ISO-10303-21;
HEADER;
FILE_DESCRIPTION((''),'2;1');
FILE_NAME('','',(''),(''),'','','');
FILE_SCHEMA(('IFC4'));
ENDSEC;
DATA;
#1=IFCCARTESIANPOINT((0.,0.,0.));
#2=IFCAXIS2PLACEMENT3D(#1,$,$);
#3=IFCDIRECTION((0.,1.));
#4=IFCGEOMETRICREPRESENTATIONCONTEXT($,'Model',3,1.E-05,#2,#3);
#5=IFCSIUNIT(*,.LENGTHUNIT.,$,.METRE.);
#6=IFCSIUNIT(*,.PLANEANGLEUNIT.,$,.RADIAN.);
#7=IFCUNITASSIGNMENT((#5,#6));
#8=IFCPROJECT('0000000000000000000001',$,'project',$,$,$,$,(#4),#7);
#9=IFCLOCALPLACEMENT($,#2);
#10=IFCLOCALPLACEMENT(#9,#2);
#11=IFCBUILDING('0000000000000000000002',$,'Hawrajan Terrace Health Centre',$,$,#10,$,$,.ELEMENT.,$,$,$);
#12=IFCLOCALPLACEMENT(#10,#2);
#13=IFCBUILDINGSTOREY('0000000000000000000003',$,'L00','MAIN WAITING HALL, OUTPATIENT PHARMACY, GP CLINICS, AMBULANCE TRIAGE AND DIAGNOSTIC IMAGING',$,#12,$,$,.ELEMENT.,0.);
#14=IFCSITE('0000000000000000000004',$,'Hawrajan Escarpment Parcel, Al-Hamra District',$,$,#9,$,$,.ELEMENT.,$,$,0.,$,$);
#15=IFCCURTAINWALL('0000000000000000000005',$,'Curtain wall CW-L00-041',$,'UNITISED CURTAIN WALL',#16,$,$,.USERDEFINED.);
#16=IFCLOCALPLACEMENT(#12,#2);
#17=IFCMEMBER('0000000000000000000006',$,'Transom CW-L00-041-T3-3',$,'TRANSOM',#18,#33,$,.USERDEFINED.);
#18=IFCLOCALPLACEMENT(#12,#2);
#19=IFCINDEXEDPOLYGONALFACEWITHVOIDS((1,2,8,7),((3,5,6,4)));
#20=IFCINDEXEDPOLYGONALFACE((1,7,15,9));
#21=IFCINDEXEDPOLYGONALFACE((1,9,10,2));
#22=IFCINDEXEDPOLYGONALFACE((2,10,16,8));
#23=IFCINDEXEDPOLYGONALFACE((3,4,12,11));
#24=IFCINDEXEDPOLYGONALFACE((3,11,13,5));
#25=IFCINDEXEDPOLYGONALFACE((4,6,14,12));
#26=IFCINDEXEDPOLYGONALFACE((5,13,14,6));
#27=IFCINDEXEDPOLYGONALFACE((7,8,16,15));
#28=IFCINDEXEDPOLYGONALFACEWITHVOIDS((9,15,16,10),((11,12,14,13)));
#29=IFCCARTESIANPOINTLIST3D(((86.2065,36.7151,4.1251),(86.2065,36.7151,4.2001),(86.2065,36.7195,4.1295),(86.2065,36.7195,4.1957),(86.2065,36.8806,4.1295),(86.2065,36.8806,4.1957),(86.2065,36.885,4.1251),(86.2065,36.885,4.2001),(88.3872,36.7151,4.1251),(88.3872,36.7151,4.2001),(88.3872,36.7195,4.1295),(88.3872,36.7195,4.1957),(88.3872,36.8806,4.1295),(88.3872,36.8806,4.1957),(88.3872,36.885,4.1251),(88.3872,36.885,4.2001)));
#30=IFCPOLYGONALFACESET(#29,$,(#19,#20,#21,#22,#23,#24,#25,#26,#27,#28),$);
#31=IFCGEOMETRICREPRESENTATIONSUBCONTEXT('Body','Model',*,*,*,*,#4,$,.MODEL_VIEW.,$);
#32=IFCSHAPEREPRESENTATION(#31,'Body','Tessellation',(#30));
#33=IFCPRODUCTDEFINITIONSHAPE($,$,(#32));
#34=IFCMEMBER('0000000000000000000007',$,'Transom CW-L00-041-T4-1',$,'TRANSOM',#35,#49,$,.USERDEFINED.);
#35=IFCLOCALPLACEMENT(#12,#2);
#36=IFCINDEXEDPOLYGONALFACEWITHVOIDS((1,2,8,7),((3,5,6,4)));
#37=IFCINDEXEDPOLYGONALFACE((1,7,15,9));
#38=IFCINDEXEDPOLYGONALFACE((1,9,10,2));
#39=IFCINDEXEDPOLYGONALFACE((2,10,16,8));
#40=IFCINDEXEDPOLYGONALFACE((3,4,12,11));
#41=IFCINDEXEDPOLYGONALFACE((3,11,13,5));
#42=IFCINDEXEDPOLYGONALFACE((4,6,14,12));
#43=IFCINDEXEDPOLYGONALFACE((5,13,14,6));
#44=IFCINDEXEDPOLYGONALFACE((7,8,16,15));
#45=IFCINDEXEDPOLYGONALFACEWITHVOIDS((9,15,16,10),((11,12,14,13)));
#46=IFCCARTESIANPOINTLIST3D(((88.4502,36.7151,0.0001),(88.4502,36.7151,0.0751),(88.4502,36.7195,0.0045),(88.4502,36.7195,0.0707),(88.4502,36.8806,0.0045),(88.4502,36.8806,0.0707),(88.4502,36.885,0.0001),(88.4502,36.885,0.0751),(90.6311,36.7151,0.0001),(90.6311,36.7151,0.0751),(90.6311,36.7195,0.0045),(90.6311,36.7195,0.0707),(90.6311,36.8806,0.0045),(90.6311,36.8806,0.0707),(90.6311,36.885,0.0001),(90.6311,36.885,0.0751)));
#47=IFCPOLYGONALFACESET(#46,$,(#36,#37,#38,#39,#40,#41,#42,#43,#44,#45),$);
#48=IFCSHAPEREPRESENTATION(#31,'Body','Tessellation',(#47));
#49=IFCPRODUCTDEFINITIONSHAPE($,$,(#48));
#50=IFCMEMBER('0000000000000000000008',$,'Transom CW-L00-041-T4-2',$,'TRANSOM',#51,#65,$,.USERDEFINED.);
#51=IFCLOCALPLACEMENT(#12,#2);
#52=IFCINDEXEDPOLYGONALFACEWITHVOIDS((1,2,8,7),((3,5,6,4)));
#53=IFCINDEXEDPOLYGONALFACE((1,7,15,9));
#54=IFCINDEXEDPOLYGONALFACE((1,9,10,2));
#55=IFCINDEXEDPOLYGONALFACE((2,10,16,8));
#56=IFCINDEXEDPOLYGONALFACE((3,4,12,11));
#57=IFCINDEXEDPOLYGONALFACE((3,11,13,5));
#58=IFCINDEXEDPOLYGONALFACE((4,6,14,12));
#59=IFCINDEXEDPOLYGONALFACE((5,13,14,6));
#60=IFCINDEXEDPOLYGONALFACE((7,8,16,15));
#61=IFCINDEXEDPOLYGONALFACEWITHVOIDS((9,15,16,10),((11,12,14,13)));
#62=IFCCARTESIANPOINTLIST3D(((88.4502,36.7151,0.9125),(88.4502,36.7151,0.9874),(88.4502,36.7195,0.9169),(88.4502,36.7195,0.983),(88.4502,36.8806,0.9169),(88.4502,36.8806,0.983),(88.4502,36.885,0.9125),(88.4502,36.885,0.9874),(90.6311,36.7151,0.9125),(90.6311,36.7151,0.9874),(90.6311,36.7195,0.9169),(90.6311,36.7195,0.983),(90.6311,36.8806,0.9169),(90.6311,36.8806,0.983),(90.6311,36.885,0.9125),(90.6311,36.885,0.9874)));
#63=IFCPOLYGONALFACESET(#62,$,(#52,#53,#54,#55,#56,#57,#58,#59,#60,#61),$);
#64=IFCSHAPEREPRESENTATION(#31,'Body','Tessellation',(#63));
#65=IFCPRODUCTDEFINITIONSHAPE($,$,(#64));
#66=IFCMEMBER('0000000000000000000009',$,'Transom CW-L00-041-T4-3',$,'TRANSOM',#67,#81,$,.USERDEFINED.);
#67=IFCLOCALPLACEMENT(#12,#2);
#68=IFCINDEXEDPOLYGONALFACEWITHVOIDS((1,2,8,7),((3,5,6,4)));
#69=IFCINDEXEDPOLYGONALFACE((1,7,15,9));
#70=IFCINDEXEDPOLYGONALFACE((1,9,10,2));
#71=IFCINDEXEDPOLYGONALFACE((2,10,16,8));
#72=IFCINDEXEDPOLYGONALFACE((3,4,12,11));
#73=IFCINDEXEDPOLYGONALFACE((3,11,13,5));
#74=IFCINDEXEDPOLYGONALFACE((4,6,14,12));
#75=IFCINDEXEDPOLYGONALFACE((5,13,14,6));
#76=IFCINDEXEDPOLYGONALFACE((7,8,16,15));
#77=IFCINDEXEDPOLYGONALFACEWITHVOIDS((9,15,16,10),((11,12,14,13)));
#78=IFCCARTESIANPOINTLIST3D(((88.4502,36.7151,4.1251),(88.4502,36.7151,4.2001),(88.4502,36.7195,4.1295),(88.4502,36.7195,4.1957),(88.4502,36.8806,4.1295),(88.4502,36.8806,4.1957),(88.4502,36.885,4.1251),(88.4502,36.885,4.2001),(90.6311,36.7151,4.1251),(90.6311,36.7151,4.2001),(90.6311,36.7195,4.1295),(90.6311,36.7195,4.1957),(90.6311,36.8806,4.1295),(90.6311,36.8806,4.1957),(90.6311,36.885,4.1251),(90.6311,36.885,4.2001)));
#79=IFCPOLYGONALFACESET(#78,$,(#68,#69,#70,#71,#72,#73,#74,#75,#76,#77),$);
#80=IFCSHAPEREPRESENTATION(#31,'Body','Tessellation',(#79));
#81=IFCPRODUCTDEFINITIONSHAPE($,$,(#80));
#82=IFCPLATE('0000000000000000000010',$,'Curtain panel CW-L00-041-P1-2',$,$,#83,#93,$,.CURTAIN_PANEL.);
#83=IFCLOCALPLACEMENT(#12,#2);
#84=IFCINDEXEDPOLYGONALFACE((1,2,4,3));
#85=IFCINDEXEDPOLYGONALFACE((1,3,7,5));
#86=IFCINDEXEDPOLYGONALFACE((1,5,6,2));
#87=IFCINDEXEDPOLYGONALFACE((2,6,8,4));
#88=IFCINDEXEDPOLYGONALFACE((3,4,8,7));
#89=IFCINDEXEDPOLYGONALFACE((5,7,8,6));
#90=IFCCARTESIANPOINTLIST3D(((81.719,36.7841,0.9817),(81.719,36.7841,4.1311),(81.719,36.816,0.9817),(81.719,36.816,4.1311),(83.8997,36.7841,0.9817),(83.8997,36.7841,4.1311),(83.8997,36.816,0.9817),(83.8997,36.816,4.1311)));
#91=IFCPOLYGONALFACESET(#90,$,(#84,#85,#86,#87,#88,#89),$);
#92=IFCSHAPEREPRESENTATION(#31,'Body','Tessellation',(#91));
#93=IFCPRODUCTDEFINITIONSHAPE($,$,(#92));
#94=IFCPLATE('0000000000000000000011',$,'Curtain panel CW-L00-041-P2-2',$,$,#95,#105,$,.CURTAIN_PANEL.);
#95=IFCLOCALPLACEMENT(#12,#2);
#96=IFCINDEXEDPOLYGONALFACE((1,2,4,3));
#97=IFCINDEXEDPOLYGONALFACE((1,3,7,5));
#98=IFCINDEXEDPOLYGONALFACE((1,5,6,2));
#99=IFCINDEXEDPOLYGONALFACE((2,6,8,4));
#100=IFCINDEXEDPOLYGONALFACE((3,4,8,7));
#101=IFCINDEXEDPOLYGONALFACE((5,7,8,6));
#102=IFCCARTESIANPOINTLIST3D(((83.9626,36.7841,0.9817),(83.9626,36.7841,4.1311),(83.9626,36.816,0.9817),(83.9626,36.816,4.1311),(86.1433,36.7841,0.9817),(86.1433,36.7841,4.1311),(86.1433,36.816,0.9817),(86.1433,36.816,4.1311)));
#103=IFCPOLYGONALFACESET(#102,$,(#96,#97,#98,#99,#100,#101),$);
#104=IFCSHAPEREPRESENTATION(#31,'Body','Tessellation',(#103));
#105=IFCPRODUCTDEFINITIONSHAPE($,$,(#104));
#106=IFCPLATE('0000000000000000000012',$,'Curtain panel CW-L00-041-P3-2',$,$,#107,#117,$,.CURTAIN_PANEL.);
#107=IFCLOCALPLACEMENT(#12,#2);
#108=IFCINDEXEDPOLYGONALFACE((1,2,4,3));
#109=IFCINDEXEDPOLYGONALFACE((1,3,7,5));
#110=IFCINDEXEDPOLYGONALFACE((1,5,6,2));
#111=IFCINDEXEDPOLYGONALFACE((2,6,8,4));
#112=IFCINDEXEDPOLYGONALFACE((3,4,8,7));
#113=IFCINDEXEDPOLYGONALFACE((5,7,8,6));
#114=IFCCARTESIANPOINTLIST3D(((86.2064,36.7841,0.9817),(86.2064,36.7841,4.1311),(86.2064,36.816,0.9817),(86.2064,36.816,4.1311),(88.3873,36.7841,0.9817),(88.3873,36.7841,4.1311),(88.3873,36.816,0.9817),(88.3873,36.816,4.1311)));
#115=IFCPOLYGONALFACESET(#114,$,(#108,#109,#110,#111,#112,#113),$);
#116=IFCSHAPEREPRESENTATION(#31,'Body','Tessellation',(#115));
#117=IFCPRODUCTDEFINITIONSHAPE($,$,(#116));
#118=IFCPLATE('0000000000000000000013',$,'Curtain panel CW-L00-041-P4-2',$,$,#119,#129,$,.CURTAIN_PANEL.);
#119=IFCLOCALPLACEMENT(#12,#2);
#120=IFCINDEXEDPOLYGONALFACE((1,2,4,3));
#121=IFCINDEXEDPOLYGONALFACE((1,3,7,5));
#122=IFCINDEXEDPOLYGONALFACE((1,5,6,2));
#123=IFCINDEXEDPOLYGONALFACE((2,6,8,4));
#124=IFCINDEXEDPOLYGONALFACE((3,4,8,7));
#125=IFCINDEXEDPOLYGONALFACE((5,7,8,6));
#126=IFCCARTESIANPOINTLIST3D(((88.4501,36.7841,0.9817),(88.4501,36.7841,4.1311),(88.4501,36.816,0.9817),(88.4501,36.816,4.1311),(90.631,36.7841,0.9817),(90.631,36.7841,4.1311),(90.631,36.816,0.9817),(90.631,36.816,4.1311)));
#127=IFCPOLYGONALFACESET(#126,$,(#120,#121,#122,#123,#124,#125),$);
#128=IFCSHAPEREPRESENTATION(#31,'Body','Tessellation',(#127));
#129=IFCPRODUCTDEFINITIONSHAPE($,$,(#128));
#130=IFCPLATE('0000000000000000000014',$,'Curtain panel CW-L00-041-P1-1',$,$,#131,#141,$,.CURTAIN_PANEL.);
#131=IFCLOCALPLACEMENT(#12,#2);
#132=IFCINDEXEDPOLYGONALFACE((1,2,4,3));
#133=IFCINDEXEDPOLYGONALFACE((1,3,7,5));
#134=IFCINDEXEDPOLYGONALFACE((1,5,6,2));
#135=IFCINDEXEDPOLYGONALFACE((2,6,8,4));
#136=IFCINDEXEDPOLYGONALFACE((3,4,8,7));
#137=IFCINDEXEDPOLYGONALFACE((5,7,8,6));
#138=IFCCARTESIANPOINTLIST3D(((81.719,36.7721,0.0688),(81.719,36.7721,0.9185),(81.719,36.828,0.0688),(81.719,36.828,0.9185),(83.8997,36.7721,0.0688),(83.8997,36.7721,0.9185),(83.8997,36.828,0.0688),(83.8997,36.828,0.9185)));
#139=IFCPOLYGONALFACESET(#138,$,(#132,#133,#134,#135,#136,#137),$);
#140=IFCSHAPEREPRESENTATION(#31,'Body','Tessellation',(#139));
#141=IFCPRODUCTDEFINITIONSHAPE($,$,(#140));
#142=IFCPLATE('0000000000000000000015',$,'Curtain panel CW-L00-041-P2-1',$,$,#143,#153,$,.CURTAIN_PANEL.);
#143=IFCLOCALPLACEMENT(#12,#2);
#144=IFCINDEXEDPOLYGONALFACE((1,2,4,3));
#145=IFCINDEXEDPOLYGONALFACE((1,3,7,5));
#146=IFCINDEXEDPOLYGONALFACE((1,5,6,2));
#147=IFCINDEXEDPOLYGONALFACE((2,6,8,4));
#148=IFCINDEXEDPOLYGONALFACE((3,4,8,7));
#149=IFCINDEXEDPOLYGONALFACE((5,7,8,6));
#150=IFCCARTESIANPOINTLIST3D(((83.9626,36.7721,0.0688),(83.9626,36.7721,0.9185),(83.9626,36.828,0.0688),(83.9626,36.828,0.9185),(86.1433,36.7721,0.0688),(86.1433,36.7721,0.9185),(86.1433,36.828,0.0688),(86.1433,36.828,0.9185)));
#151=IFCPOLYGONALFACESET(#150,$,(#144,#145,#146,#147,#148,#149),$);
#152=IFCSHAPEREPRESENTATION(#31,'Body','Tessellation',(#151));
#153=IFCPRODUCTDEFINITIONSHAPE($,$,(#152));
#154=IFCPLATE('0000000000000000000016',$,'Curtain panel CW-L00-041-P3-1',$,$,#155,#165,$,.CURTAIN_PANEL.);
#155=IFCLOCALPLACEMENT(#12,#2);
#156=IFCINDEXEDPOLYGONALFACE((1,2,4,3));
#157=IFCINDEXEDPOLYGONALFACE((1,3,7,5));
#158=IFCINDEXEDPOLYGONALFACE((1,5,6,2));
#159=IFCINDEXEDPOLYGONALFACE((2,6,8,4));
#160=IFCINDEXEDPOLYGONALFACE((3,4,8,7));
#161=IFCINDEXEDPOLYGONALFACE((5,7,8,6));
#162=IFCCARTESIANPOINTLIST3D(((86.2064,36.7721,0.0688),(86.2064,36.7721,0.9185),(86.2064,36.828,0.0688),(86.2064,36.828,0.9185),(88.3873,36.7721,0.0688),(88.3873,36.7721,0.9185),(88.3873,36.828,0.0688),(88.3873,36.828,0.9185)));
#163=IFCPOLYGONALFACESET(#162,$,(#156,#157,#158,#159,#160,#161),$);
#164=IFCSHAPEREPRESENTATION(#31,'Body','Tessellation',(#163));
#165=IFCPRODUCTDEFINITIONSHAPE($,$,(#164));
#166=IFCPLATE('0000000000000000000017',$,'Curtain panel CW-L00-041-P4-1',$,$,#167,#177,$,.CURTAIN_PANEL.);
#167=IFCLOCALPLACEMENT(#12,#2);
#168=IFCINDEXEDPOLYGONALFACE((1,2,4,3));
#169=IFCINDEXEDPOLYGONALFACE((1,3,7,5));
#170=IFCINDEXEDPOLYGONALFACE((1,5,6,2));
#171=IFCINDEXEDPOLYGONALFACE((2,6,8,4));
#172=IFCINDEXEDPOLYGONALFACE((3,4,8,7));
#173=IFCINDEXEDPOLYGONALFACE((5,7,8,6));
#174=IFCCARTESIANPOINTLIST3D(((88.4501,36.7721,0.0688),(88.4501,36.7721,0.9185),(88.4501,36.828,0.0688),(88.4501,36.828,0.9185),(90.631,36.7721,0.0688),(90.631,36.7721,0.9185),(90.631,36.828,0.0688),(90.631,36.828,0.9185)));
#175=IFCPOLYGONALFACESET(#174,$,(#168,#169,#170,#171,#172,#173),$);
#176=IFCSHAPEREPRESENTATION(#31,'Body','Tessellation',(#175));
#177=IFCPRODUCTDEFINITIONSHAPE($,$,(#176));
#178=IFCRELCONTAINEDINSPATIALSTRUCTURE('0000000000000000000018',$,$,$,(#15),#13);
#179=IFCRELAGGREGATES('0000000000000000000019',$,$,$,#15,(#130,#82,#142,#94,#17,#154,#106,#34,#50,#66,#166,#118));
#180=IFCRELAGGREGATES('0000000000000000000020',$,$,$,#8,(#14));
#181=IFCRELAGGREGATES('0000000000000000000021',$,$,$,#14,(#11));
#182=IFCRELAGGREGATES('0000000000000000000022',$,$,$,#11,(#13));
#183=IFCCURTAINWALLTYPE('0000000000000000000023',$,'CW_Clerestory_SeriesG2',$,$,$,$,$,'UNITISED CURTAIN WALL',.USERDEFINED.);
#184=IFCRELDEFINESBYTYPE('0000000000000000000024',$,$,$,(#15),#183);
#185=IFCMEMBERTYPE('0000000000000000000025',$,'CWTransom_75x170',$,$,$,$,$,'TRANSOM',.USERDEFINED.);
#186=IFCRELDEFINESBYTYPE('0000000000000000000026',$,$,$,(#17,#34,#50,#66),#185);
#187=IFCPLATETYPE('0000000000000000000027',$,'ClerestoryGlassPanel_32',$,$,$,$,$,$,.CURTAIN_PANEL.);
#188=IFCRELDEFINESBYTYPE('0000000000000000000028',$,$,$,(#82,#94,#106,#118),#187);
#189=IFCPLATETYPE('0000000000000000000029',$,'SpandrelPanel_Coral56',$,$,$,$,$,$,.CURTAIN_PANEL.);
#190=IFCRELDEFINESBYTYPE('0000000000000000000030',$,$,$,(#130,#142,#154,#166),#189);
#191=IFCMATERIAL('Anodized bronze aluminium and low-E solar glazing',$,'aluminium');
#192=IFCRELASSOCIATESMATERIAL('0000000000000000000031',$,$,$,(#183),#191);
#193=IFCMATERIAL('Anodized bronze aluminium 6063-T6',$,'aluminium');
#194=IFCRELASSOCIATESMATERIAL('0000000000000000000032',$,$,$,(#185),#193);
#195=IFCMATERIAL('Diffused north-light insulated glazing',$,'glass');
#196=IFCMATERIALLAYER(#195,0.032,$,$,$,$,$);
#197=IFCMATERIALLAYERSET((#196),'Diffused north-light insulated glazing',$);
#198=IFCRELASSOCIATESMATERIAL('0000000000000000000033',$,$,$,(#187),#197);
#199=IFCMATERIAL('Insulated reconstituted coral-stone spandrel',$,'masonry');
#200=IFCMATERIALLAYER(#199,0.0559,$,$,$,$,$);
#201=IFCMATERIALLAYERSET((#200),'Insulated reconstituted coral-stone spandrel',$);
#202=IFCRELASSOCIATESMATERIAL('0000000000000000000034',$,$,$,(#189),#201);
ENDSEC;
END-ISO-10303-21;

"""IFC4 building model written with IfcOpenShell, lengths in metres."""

from ifc_helpers import new_model, si_unit, direction, frame, origin, origin_2d, place, context, subcontext, project, spatial, rectangle, hollow_rectangle, extrude, material, layer, layer_set, material_profile, profile_set, type_object, element, aggregate, save


model = new_model("IFC4")

# Units and contexts
model_context = context("Model", 3, precision=1e-05, world=origin(), true_north=direction((0.0, 1.0)))
body_context = subcontext(model_context, "Body", "Model", "MODEL_VIEW")
ifc_project = project(units=[si_unit("LENGTHUNIT", "METRE"), si_unit("PLANEANGLEUNIT", "RADIAN")], contexts=[model_context])

# Site, building, storey
site_placement = place(None, origin())
site = spatial("IfcSite", under=ifc_project, at=site_placement, Name="Hawrajan Escarpment Parcel, Al-Hamra District", CompositionType="ELEMENT", RefElevation=0.0)
building_placement = place(site_placement, origin())
building = spatial("IfcBuilding", under=site, at=building_placement, Name="Hawrajan Terrace Health Centre", CompositionType="ELEMENT")
storey_placement = place(building_placement, origin())
storey = spatial("IfcBuildingStorey", under=building, at=storey_placement, Name="L00", Description="MAIN WAITING HALL, OUTPATIENT PHARMACY, GP CLINICS, AMBULANCE TRIAGE AND DIAGNOSTIC IMAGING", CompositionType="ELEMENT", Elevation=0.0)

# Curtain wall, members, plates
ifc_material_1 = material(Name="Anodized bronze aluminium and low-E solar glazing", Category="aluminium")
curtain_wall_type = type_object("IfcCurtainWallType", Name="CW_Clerestory_SeriesG2", ElementType="UNITISED CURTAIN WALL", PredefinedType="USERDEFINED", material=ifc_material_1)
curtain_wall_placement = place(storey_placement, origin())
curtain_wall = element("IfcCurtainWall", 1, at=curtain_wall_placement, inside=storey, type_object=curtain_wall_type, Name="Curtain wall CW-L00-041", ObjectType="UNITISED CURTAIN WALL", PredefinedType="USERDEFINED")
ifc_material_2 = material(Name="Anodized bronze aluminium 6063-T6", Category="aluminium")
ifc_material_profile_1 = material_profile(ifc_material_2, hollow_rectangle(XDim=0.075, YDim=0.1699, WallThickness=0.0044, at=origin_2d()), Name="CW TRN 75x170")
ifc_profile_set_1 = profile_set([ifc_material_profile_1], Name="Anodized bronze aluminium 6063-T6")
member_type_1 = type_object("IfcMemberType", Name="CWTransom_75x170", ElementType="TRANSOM", PredefinedType="USERDEFINED", material=ifc_profile_set_1)
member_1_placement = place(storey_placement, frame((86.2065, 36.8, 4.1626), z_axis=(1.0, 0.0, 0.0), x_axis=(0.0, 0.0, 1.0)))
member_1 = element("IfcMember", 2, at=member_1_placement, type_object=member_type_1, Name="Transom CW-L00-041-T3-3", ObjectType="TRANSOM", PredefinedType="USERDEFINED", context=body_context, shape_type="SweptSolid", body=[
    extrude(hollow_rectangle(XDim=0.075, YDim=0.1699, WallThickness=0.0044, at=origin_2d()), origin(), (0.0, 0.0, 1.0), 2.1807),
])
member_2_placement = place(storey_placement, frame((88.4502, 36.8, 0.0376), z_axis=(1.0, 0.0, 0.0), x_axis=(0.0, 0.0, 1.0)))
member_2 = element("IfcMember", 3, at=member_2_placement, type_object=member_type_1, Name="Transom CW-L00-041-T4-1", ObjectType="TRANSOM", PredefinedType="USERDEFINED", context=body_context, shape_type="SweptSolid", body=[
    extrude(hollow_rectangle(XDim=0.075, YDim=0.1699, WallThickness=0.0044, at=origin_2d()), origin(), (0.0, 0.0, 1.0), 2.1809),
])
member_3_placement = place(storey_placement, frame((88.4502, 36.8, 0.95), z_axis=(1.0, 0.0, 0.0), x_axis=(0.0, 0.0, 1.0)))
member_3 = element("IfcMember", 4, at=member_3_placement, type_object=member_type_1, Name="Transom CW-L00-041-T4-2", ObjectType="TRANSOM", PredefinedType="USERDEFINED", context=body_context, shape_type="SweptSolid", body=[
    extrude(hollow_rectangle(XDim=0.075, YDim=0.1699, WallThickness=0.0044, at=origin_2d()), origin(), (0.0, 0.0, 1.0), 2.1809),
])
member_4_placement = place(storey_placement, frame((88.4502, 36.8, 4.1626), z_axis=(1.0, 0.0, 0.0), x_axis=(0.0, 0.0, 1.0)))
member_4 = element("IfcMember", 5, at=member_4_placement, type_object=member_type_1, Name="Transom CW-L00-041-T4-3", ObjectType="TRANSOM", PredefinedType="USERDEFINED", context=body_context, shape_type="SweptSolid", body=[
    extrude(hollow_rectangle(XDim=0.075, YDim=0.1699, WallThickness=0.0044, at=origin_2d()), origin(), (0.0, 0.0, 1.0), 2.1809),
])
ifc_material_3 = material(Name="Diffused north-light insulated glazing", Category="glass")
ifc_layer_1 = layer(ifc_material_3, 0.032)
ifc_layer_set_1 = layer_set([ifc_layer_1], Name="Diffused north-light insulated glazing")
plate_type_1 = type_object("IfcPlateType", Name="ClerestoryGlassPanel_32", PredefinedType="CURTAIN_PANEL", material=ifc_layer_set_1)
plate_1_placement = place(storey_placement, frame((82.8093, 36.8, 0.9817), z_axis=(0.0, 0.0, 1.0), x_axis=(1.0, 0.0, 0.0)))
plate_1 = element("IfcPlate", 6, at=plate_1_placement, type_object=plate_type_1, Name="Curtain panel CW-L00-041-P1-2", PredefinedType="CURTAIN_PANEL", context=body_context, shape_type="SweptSolid", body=[
    extrude(rectangle(XDim=2.1807, YDim=0.032, at=origin_2d()), origin(), (0.0, 0.0, 1.0), 3.1494),
])
plate_2_placement = place(storey_placement, frame((85.053, 36.8, 0.9817), z_axis=(0.0, 0.0, 1.0), x_axis=(1.0, 0.0, 0.0)))
plate_2 = element("IfcPlate", 7, at=plate_2_placement, type_object=plate_type_1, Name="Curtain panel CW-L00-041-P2-2", PredefinedType="CURTAIN_PANEL", context=body_context, shape_type="SweptSolid", body=[
    extrude(rectangle(XDim=2.1807, YDim=0.032, at=origin_2d()), origin(), (0.0, 0.0, 1.0), 3.1494),
])
plate_3_placement = place(storey_placement, frame((87.2969, 36.8, 0.9817), z_axis=(0.0, 0.0, 1.0), x_axis=(1.0, 0.0, 0.0)))
plate_3 = element("IfcPlate", 8, at=plate_3_placement, type_object=plate_type_1, Name="Curtain panel CW-L00-041-P3-2", PredefinedType="CURTAIN_PANEL", context=body_context, shape_type="SweptSolid", body=[
    extrude(rectangle(XDim=2.1809, YDim=0.032, at=origin_2d()), origin(), (0.0, 0.0, 1.0), 3.1494),
])
plate_4_placement = place(storey_placement, frame((89.5405, 36.8, 0.9817), z_axis=(0.0, 0.0, 1.0), x_axis=(1.0, 0.0, 0.0)))
plate_4 = element("IfcPlate", 9, at=plate_4_placement, type_object=plate_type_1, Name="Curtain panel CW-L00-041-P4-2", PredefinedType="CURTAIN_PANEL", context=body_context, shape_type="SweptSolid", body=[
    extrude(rectangle(XDim=2.1809, YDim=0.032, at=origin_2d()), origin(), (0.0, 0.0, 1.0), 3.1494),
])
ifc_material_4 = material(Name="Insulated reconstituted coral-stone spandrel", Category="masonry")
ifc_layer_2 = layer(ifc_material_4, 0.0559)
ifc_layer_set_2 = layer_set([ifc_layer_2], Name="Insulated reconstituted coral-stone spandrel")
plate_type_2 = type_object("IfcPlateType", Name="SpandrelPanel_Coral56", PredefinedType="CURTAIN_PANEL", material=ifc_layer_set_2)
plate_5_placement = place(storey_placement, frame((82.8093, 36.8, 0.0688), z_axis=(0.0, 0.0, 1.0), x_axis=(1.0, 0.0, 0.0)))
plate_5 = element("IfcPlate", 10, at=plate_5_placement, type_object=plate_type_2, Name="Curtain panel CW-L00-041-P1-1", PredefinedType="CURTAIN_PANEL", context=body_context, shape_type="SweptSolid", body=[
    extrude(rectangle(XDim=2.1807, YDim=0.0559, at=origin_2d()), origin(), (0.0, 0.0, 1.0), 0.8496),
])
plate_6_placement = place(storey_placement, frame((85.053, 36.8, 0.0688), z_axis=(0.0, 0.0, 1.0), x_axis=(1.0, 0.0, 0.0)))
plate_6 = element("IfcPlate", 11, at=plate_6_placement, type_object=plate_type_2, Name="Curtain panel CW-L00-041-P2-1", PredefinedType="CURTAIN_PANEL", context=body_context, shape_type="SweptSolid", body=[
    extrude(rectangle(XDim=2.1807, YDim=0.0559, at=origin_2d()), origin(), (0.0, 0.0, 1.0), 0.8496),
])
plate_7_placement = place(storey_placement, frame((87.2969, 36.8, 0.0688), z_axis=(0.0, 0.0, 1.0), x_axis=(1.0, 0.0, 0.0)))
plate_7 = element("IfcPlate", 12, at=plate_7_placement, type_object=plate_type_2, Name="Curtain panel CW-L00-041-P3-1", PredefinedType="CURTAIN_PANEL", context=body_context, shape_type="SweptSolid", body=[
    extrude(rectangle(XDim=2.1809, YDim=0.0559, at=origin_2d()), origin(), (0.0, 0.0, 1.0), 0.8496),
])
plate_8_placement = place(storey_placement, frame((89.5405, 36.8, 0.0688), z_axis=(0.0, 0.0, 1.0), x_axis=(1.0, 0.0, 0.0)))
plate_8 = element("IfcPlate", 13, at=plate_8_placement, type_object=plate_type_2, Name="Curtain panel CW-L00-041-P4-1", PredefinedType="CURTAIN_PANEL", context=body_context, shape_type="SweptSolid", body=[
    extrude(rectangle(XDim=2.1809, YDim=0.0559, at=origin_2d()), origin(), (0.0, 0.0, 1.0), 0.8496),
])
aggregate(curtain_wall, [plate_5, plate_1, plate_6, plate_2, member_1, plate_7, plate_3, member_2, member_3, member_4, plate_8, plate_4])

save(model, "model.ifc")
